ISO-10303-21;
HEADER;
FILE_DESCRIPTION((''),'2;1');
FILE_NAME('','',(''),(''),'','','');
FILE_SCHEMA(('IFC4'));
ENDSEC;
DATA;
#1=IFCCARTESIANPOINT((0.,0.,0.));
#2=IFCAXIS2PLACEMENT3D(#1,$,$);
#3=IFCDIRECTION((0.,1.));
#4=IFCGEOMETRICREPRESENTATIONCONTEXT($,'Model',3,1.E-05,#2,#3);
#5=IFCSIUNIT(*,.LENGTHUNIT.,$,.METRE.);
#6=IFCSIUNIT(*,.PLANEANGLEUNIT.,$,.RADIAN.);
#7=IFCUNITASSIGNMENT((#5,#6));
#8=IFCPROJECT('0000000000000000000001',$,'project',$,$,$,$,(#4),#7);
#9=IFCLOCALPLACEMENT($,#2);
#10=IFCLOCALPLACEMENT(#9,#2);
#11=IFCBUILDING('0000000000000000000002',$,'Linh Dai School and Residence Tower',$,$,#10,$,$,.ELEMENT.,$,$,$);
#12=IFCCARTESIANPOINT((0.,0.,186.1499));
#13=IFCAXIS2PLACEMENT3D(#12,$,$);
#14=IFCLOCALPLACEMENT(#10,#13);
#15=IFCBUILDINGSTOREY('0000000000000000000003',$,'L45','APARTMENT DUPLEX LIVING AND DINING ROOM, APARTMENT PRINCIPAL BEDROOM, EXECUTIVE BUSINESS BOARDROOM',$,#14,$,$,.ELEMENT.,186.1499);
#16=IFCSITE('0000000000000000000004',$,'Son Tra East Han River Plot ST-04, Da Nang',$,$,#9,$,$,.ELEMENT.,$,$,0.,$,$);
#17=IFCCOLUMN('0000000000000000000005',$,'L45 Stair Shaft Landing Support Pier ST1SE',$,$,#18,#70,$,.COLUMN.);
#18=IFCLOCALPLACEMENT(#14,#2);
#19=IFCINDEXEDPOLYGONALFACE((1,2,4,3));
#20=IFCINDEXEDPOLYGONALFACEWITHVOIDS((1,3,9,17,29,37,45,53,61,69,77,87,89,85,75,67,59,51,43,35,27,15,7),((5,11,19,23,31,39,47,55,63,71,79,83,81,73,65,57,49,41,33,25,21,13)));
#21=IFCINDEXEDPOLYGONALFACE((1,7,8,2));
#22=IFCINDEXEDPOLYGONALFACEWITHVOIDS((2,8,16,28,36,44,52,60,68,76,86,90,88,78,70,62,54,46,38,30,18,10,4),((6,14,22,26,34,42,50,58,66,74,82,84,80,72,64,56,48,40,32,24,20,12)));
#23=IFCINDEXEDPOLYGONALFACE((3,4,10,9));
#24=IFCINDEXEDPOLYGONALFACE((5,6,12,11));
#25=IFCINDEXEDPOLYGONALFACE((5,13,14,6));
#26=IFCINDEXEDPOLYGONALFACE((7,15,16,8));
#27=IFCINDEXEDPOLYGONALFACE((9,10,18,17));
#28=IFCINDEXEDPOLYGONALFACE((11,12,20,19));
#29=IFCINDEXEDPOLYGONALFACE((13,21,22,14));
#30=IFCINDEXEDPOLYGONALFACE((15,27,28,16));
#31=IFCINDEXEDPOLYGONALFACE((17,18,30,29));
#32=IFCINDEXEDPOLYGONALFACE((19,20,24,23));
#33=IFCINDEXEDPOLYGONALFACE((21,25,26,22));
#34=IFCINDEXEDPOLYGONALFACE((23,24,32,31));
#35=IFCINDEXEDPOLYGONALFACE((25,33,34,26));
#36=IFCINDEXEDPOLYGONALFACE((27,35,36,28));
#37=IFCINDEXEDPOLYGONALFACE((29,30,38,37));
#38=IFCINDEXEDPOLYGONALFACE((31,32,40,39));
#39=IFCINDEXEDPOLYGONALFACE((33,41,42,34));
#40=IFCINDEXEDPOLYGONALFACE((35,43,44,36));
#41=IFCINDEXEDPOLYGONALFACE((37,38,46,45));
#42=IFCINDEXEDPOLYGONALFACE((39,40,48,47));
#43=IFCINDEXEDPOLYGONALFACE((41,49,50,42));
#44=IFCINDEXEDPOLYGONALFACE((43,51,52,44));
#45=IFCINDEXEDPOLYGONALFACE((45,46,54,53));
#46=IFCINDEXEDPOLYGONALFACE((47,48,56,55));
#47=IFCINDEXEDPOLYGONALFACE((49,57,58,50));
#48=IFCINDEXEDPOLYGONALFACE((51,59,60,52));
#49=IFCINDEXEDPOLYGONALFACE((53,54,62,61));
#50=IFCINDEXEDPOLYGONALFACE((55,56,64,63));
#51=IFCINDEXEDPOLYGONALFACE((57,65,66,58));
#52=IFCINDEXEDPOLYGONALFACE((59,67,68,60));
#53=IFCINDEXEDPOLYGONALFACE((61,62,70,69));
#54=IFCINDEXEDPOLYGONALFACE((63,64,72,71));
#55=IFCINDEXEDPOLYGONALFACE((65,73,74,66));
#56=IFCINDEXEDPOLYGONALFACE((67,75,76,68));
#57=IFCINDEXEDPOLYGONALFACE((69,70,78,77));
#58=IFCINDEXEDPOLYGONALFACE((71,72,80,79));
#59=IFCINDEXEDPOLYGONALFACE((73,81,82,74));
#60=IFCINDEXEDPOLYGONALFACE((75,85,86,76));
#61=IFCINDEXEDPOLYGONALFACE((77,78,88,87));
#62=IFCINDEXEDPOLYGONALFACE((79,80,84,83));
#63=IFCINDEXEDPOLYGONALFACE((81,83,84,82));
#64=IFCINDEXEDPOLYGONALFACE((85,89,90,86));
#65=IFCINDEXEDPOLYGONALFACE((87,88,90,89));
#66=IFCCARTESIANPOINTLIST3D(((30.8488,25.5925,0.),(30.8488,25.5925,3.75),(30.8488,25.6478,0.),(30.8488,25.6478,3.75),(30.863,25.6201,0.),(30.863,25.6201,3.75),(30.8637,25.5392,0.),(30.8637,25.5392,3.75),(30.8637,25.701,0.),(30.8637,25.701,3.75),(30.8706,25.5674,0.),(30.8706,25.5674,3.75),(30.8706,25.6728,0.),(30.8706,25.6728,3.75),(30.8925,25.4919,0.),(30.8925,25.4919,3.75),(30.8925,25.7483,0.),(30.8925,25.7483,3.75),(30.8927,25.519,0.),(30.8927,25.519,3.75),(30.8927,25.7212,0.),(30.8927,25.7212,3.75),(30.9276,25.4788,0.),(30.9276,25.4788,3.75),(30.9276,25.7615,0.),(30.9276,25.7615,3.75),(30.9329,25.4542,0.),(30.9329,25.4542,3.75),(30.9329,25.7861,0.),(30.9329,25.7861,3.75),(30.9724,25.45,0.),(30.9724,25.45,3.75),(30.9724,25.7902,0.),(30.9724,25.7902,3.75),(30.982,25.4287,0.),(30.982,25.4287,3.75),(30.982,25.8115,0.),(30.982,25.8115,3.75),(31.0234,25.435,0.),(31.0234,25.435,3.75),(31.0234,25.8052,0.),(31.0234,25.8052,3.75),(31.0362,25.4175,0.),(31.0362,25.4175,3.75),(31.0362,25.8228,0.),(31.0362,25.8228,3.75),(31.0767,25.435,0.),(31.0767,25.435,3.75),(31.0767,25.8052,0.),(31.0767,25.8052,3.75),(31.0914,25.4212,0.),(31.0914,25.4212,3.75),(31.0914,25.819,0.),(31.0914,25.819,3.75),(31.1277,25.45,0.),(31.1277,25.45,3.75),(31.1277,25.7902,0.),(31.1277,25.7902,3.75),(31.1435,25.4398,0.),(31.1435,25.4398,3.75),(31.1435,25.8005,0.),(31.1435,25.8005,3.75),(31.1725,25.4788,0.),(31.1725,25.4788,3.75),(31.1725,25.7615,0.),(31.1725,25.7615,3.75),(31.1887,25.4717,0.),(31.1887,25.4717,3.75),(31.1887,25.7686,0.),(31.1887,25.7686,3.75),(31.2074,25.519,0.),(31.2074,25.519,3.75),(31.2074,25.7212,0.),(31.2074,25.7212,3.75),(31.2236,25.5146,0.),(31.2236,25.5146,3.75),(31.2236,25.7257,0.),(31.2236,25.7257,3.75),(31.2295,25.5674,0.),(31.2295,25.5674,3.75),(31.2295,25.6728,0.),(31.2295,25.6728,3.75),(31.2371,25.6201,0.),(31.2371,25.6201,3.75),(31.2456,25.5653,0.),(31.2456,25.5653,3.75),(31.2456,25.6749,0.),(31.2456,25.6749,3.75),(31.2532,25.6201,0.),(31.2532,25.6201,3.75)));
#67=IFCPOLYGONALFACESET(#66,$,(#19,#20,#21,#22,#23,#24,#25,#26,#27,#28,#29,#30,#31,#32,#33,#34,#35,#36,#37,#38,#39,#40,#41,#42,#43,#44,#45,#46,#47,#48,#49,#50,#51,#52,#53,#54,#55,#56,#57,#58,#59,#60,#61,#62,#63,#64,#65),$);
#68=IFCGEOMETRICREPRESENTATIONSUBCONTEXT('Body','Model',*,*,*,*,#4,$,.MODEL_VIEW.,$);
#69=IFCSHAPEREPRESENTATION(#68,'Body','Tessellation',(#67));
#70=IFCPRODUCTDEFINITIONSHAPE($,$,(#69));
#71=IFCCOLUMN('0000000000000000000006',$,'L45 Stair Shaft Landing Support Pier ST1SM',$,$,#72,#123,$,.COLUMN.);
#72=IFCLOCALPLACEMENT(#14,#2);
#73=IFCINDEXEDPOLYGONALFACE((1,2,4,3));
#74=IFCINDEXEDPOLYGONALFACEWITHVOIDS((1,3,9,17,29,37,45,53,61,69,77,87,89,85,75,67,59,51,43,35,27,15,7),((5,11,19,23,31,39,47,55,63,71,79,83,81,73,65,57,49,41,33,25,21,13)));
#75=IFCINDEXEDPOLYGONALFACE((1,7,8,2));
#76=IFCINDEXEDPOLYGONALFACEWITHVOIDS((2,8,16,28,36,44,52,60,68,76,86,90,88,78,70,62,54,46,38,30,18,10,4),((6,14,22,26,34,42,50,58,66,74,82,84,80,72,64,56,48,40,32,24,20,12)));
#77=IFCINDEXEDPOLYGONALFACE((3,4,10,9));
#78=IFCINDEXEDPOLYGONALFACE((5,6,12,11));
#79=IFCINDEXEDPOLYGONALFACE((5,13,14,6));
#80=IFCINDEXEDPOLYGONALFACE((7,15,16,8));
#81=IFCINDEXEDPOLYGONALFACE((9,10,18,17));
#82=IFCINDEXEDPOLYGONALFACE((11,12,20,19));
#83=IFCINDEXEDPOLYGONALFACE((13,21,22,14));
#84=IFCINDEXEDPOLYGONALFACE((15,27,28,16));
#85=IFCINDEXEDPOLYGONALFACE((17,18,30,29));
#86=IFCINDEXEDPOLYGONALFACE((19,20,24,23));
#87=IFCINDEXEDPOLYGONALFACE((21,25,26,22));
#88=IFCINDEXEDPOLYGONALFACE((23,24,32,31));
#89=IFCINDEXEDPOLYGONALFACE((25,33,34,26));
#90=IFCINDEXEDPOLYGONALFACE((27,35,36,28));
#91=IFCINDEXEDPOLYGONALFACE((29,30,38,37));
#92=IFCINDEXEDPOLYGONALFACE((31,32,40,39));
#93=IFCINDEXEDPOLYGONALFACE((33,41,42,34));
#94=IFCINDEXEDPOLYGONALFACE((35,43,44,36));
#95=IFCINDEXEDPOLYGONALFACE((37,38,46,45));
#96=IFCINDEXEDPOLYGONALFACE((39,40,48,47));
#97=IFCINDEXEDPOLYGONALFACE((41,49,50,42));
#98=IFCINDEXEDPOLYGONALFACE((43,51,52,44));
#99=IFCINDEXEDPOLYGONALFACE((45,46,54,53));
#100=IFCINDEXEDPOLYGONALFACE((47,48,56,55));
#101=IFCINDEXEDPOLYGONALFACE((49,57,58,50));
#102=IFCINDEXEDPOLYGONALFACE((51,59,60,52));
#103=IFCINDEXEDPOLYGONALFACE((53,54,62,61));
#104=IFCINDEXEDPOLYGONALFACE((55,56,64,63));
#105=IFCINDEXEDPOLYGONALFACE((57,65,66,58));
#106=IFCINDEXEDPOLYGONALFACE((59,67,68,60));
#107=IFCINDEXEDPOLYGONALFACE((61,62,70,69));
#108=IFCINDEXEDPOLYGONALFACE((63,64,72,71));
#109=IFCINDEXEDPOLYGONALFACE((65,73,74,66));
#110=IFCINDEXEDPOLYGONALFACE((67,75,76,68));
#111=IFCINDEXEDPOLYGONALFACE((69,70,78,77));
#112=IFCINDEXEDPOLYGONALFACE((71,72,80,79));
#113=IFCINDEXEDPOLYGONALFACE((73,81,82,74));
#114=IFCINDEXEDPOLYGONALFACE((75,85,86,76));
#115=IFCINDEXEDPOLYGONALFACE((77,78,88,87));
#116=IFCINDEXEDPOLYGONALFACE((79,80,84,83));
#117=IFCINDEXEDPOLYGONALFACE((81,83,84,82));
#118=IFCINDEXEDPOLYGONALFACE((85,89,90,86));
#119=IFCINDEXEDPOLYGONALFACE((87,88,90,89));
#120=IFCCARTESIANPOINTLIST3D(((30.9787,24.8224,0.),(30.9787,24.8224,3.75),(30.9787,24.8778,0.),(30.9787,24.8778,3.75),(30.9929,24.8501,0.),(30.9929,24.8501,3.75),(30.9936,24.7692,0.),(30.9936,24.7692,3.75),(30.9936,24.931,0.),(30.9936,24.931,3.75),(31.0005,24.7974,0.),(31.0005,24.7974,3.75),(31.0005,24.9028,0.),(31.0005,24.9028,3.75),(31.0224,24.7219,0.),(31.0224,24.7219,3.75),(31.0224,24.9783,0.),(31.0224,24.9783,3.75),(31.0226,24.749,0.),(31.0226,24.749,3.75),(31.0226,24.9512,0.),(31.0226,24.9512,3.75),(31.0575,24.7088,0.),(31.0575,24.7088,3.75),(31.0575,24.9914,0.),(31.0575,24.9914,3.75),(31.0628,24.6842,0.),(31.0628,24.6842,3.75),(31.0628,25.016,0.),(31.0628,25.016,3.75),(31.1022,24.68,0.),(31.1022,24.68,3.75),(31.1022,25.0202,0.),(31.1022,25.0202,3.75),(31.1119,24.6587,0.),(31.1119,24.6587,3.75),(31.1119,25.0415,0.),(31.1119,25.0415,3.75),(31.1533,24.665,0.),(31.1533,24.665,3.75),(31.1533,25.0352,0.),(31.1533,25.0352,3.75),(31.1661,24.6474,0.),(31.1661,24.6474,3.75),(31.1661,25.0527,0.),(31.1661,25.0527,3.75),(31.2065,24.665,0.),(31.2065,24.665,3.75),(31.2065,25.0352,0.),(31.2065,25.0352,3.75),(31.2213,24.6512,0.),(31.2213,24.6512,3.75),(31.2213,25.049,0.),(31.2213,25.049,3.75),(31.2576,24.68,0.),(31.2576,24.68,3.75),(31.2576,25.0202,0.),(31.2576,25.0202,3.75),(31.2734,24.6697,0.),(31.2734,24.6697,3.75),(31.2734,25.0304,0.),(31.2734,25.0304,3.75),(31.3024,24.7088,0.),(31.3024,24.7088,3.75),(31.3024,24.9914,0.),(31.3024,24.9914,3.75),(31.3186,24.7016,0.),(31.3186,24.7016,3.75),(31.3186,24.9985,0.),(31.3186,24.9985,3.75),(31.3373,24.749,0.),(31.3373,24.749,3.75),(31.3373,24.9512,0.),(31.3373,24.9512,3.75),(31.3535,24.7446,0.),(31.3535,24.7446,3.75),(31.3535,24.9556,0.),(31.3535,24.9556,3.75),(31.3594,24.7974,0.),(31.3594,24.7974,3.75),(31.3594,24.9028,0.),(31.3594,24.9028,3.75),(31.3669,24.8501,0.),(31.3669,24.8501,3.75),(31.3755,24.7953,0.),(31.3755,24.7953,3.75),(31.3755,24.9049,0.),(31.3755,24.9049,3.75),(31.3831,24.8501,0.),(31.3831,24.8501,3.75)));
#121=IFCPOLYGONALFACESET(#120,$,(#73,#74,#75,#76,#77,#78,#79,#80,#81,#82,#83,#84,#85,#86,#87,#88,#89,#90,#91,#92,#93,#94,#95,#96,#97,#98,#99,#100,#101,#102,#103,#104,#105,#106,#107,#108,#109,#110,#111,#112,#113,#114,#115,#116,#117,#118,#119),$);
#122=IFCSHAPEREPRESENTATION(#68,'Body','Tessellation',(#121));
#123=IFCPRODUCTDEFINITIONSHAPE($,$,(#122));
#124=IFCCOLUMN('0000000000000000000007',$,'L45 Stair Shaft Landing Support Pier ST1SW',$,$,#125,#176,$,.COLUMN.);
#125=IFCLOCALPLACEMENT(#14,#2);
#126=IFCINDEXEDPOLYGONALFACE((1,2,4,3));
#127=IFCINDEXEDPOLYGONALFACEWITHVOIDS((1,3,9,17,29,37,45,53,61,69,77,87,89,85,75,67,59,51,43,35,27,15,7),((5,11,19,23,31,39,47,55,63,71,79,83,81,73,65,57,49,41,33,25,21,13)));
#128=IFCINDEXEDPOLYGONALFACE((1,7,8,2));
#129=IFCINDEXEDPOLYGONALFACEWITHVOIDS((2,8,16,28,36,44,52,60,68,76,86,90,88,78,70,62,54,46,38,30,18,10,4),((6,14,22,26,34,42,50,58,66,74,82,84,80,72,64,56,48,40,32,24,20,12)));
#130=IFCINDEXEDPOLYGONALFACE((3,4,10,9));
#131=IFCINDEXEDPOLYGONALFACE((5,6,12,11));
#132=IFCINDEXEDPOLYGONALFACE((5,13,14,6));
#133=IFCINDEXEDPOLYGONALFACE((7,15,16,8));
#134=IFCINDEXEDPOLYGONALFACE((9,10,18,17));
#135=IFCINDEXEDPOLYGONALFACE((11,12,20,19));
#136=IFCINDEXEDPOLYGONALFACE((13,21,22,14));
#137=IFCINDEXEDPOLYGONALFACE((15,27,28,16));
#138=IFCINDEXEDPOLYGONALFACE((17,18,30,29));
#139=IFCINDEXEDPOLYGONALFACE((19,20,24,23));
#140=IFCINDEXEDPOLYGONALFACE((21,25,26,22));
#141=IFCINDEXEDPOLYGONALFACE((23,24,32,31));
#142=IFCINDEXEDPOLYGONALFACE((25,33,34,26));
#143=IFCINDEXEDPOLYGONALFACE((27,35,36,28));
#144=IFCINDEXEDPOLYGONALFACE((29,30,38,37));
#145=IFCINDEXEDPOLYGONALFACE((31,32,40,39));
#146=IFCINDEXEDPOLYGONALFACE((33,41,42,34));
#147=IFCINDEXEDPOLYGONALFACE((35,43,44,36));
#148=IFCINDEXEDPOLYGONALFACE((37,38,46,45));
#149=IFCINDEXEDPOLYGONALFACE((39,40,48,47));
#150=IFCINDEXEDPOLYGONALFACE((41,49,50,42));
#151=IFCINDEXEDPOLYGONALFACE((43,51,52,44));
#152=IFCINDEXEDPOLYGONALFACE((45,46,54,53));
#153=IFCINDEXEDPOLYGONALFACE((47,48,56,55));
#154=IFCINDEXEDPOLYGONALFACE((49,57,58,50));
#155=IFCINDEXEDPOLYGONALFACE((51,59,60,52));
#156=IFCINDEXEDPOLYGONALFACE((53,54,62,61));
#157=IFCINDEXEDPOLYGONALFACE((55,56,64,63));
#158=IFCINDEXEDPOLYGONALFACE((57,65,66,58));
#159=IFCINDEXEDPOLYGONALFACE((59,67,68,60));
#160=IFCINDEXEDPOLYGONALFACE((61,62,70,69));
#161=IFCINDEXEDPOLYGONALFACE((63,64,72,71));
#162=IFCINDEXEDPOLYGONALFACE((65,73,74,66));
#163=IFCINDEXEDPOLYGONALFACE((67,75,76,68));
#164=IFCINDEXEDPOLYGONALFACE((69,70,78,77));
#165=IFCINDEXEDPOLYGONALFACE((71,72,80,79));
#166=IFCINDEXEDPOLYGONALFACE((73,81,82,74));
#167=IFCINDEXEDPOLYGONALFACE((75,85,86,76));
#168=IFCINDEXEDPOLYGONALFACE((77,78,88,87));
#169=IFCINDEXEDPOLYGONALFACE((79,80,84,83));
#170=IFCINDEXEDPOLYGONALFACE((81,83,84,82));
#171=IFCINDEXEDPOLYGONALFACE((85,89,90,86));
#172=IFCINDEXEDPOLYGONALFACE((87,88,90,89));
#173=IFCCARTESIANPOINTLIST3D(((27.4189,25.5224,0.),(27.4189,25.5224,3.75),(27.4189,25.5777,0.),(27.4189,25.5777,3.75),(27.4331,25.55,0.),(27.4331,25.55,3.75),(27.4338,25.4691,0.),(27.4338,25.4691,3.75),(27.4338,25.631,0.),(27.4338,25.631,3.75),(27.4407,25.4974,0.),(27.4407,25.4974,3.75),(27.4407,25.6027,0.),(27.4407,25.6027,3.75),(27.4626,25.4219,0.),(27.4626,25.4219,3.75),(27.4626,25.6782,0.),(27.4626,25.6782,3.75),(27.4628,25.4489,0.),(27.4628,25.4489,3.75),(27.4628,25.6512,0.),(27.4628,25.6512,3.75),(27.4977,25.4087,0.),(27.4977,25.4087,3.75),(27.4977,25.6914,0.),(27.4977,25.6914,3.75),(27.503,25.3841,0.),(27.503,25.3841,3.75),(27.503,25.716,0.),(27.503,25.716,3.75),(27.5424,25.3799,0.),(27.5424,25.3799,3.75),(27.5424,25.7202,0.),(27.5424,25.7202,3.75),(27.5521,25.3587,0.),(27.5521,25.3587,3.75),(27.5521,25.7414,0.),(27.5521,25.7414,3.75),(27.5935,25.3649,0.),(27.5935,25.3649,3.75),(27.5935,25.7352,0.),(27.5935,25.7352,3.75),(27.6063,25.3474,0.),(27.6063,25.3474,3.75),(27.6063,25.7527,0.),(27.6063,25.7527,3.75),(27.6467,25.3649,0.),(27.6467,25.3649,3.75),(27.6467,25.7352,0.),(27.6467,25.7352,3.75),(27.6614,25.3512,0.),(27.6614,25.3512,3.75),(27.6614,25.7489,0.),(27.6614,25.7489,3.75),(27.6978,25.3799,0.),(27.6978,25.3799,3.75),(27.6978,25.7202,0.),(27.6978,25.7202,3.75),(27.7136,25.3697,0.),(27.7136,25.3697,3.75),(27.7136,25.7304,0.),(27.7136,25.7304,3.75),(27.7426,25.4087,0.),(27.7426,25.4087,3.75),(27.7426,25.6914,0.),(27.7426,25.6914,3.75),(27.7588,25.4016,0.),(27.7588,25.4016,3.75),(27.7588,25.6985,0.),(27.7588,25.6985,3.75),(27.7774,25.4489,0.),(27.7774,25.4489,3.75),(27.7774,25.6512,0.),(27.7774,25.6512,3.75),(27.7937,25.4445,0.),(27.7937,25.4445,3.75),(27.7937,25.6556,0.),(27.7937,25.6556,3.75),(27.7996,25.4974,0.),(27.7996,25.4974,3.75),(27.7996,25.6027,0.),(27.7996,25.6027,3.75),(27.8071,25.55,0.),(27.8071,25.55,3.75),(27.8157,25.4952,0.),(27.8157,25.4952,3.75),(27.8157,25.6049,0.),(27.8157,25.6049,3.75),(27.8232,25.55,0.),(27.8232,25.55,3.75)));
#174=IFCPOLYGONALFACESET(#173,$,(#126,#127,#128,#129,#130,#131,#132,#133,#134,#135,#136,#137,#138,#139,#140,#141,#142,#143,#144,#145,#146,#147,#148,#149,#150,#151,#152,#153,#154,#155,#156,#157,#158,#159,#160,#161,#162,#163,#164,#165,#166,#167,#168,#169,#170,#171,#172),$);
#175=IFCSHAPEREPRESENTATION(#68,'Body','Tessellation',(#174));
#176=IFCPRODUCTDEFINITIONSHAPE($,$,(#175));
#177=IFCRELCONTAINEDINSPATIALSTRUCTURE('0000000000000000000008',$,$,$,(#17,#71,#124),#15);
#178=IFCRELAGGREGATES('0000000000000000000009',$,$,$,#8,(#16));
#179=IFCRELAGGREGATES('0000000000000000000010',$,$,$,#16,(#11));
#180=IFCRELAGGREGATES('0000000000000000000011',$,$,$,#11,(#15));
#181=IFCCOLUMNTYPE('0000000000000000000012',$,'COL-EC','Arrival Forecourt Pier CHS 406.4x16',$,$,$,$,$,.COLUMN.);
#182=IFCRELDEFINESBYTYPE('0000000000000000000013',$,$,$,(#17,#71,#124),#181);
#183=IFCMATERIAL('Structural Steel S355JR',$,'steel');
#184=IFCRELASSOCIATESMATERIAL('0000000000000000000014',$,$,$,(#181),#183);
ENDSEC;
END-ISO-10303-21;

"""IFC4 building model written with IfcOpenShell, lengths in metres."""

from ifc_helpers import new_model, si_unit, direction, frame, origin, origin_2d, place, context, subcontext, project, spatial, hollow_circle, extrude, material, material_profile, profile_set, type_object, element, save


model = new_model("IFC4")

# Units and contexts
model_context = context("Model", 3, precision=1e-05, world=origin(), true_north=direction((0.0, 1.0)))
body_context = subcontext(model_context, "Body", "Model", "MODEL_VIEW")
ifc_project = project(units=[si_unit("LENGTHUNIT", "METRE"), si_unit("PLANEANGLEUNIT", "RADIAN")], contexts=[model_context])

# Site, building, storey
site_placement = place(None, origin())
site = spatial("IfcSite", under=ifc_project, at=site_placement, Name="Son Tra East Han River Plot ST-04, Da Nang", CompositionType="ELEMENT", RefElevation=0.0)
building_placement = place(site_placement, origin())
building = spatial("IfcBuilding", under=site, at=building_placement, Name="Linh Dai School and Residence Tower", CompositionType="ELEMENT")
storey_placement = place(building_placement, frame((0.0, 0.0, 186.1499)))
storey = spatial("IfcBuildingStorey", under=building, at=storey_placement, Name="L45", Description="APARTMENT DUPLEX LIVING AND DINING ROOM, APARTMENT PRINCIPAL BEDROOM, EXECUTIVE BUSINESS BOARDROOM", CompositionType="ELEMENT", Elevation=186.1499)

# Columns
ifc_material_1 = material(Name="Structural Steel S355JR", Category="steel")
ifc_material_profile_1 = material_profile(ifc_material_1, hollow_circle(Radius=0.2031, WallThickness=0.0161, at=origin_2d()), Name="CHS 406.4x16")
ifc_profile_set_1 = profile_set([ifc_material_profile_1], Name="Structural Steel S355JR")
column_type_1 = type_object("IfcColumnType", Name="COL-EC", Description="Arrival Forecourt Pier CHS 406.4x16", PredefinedType="COLUMN", material=ifc_profile_set_1)
for number, where, z_axis, x_axis, name in (
    (1, (31.05, 25.6201, 0.0), (0.0, 0.0, 1.0), (1.0, 0.0, 0.0), "L45 Stair Shaft Landing Support Pier ST1SE"),
    (2, (31.1799, 24.8501, 0.0), (0.0, 0.0, 1.0), (1.0, 0.0, 0.0), "L45 Stair Shaft Landing Support Pier ST1SM"),
    (3, (27.6201, 25.55, 0.0), (0.0, 0.0, 1.0), (1.0, 0.0, 0.0), "L45 Stair Shaft Landing Support Pier ST1SW"),
):
    element("IfcColumn", number, at=place(storey_placement, frame(where, z_axis=z_axis, x_axis=x_axis)), inside=storey, type_object=column_type_1, Name=name, PredefinedType="COLUMN", context=body_context, shape_type="SweptSolid", body=[
        extrude(hollow_circle(Radius=0.2031, WallThickness=0.0161, at=origin_2d()), origin(), (0.0, 0.0, 1.0), 3.75),
    ])

save(model, "model.ifc")
